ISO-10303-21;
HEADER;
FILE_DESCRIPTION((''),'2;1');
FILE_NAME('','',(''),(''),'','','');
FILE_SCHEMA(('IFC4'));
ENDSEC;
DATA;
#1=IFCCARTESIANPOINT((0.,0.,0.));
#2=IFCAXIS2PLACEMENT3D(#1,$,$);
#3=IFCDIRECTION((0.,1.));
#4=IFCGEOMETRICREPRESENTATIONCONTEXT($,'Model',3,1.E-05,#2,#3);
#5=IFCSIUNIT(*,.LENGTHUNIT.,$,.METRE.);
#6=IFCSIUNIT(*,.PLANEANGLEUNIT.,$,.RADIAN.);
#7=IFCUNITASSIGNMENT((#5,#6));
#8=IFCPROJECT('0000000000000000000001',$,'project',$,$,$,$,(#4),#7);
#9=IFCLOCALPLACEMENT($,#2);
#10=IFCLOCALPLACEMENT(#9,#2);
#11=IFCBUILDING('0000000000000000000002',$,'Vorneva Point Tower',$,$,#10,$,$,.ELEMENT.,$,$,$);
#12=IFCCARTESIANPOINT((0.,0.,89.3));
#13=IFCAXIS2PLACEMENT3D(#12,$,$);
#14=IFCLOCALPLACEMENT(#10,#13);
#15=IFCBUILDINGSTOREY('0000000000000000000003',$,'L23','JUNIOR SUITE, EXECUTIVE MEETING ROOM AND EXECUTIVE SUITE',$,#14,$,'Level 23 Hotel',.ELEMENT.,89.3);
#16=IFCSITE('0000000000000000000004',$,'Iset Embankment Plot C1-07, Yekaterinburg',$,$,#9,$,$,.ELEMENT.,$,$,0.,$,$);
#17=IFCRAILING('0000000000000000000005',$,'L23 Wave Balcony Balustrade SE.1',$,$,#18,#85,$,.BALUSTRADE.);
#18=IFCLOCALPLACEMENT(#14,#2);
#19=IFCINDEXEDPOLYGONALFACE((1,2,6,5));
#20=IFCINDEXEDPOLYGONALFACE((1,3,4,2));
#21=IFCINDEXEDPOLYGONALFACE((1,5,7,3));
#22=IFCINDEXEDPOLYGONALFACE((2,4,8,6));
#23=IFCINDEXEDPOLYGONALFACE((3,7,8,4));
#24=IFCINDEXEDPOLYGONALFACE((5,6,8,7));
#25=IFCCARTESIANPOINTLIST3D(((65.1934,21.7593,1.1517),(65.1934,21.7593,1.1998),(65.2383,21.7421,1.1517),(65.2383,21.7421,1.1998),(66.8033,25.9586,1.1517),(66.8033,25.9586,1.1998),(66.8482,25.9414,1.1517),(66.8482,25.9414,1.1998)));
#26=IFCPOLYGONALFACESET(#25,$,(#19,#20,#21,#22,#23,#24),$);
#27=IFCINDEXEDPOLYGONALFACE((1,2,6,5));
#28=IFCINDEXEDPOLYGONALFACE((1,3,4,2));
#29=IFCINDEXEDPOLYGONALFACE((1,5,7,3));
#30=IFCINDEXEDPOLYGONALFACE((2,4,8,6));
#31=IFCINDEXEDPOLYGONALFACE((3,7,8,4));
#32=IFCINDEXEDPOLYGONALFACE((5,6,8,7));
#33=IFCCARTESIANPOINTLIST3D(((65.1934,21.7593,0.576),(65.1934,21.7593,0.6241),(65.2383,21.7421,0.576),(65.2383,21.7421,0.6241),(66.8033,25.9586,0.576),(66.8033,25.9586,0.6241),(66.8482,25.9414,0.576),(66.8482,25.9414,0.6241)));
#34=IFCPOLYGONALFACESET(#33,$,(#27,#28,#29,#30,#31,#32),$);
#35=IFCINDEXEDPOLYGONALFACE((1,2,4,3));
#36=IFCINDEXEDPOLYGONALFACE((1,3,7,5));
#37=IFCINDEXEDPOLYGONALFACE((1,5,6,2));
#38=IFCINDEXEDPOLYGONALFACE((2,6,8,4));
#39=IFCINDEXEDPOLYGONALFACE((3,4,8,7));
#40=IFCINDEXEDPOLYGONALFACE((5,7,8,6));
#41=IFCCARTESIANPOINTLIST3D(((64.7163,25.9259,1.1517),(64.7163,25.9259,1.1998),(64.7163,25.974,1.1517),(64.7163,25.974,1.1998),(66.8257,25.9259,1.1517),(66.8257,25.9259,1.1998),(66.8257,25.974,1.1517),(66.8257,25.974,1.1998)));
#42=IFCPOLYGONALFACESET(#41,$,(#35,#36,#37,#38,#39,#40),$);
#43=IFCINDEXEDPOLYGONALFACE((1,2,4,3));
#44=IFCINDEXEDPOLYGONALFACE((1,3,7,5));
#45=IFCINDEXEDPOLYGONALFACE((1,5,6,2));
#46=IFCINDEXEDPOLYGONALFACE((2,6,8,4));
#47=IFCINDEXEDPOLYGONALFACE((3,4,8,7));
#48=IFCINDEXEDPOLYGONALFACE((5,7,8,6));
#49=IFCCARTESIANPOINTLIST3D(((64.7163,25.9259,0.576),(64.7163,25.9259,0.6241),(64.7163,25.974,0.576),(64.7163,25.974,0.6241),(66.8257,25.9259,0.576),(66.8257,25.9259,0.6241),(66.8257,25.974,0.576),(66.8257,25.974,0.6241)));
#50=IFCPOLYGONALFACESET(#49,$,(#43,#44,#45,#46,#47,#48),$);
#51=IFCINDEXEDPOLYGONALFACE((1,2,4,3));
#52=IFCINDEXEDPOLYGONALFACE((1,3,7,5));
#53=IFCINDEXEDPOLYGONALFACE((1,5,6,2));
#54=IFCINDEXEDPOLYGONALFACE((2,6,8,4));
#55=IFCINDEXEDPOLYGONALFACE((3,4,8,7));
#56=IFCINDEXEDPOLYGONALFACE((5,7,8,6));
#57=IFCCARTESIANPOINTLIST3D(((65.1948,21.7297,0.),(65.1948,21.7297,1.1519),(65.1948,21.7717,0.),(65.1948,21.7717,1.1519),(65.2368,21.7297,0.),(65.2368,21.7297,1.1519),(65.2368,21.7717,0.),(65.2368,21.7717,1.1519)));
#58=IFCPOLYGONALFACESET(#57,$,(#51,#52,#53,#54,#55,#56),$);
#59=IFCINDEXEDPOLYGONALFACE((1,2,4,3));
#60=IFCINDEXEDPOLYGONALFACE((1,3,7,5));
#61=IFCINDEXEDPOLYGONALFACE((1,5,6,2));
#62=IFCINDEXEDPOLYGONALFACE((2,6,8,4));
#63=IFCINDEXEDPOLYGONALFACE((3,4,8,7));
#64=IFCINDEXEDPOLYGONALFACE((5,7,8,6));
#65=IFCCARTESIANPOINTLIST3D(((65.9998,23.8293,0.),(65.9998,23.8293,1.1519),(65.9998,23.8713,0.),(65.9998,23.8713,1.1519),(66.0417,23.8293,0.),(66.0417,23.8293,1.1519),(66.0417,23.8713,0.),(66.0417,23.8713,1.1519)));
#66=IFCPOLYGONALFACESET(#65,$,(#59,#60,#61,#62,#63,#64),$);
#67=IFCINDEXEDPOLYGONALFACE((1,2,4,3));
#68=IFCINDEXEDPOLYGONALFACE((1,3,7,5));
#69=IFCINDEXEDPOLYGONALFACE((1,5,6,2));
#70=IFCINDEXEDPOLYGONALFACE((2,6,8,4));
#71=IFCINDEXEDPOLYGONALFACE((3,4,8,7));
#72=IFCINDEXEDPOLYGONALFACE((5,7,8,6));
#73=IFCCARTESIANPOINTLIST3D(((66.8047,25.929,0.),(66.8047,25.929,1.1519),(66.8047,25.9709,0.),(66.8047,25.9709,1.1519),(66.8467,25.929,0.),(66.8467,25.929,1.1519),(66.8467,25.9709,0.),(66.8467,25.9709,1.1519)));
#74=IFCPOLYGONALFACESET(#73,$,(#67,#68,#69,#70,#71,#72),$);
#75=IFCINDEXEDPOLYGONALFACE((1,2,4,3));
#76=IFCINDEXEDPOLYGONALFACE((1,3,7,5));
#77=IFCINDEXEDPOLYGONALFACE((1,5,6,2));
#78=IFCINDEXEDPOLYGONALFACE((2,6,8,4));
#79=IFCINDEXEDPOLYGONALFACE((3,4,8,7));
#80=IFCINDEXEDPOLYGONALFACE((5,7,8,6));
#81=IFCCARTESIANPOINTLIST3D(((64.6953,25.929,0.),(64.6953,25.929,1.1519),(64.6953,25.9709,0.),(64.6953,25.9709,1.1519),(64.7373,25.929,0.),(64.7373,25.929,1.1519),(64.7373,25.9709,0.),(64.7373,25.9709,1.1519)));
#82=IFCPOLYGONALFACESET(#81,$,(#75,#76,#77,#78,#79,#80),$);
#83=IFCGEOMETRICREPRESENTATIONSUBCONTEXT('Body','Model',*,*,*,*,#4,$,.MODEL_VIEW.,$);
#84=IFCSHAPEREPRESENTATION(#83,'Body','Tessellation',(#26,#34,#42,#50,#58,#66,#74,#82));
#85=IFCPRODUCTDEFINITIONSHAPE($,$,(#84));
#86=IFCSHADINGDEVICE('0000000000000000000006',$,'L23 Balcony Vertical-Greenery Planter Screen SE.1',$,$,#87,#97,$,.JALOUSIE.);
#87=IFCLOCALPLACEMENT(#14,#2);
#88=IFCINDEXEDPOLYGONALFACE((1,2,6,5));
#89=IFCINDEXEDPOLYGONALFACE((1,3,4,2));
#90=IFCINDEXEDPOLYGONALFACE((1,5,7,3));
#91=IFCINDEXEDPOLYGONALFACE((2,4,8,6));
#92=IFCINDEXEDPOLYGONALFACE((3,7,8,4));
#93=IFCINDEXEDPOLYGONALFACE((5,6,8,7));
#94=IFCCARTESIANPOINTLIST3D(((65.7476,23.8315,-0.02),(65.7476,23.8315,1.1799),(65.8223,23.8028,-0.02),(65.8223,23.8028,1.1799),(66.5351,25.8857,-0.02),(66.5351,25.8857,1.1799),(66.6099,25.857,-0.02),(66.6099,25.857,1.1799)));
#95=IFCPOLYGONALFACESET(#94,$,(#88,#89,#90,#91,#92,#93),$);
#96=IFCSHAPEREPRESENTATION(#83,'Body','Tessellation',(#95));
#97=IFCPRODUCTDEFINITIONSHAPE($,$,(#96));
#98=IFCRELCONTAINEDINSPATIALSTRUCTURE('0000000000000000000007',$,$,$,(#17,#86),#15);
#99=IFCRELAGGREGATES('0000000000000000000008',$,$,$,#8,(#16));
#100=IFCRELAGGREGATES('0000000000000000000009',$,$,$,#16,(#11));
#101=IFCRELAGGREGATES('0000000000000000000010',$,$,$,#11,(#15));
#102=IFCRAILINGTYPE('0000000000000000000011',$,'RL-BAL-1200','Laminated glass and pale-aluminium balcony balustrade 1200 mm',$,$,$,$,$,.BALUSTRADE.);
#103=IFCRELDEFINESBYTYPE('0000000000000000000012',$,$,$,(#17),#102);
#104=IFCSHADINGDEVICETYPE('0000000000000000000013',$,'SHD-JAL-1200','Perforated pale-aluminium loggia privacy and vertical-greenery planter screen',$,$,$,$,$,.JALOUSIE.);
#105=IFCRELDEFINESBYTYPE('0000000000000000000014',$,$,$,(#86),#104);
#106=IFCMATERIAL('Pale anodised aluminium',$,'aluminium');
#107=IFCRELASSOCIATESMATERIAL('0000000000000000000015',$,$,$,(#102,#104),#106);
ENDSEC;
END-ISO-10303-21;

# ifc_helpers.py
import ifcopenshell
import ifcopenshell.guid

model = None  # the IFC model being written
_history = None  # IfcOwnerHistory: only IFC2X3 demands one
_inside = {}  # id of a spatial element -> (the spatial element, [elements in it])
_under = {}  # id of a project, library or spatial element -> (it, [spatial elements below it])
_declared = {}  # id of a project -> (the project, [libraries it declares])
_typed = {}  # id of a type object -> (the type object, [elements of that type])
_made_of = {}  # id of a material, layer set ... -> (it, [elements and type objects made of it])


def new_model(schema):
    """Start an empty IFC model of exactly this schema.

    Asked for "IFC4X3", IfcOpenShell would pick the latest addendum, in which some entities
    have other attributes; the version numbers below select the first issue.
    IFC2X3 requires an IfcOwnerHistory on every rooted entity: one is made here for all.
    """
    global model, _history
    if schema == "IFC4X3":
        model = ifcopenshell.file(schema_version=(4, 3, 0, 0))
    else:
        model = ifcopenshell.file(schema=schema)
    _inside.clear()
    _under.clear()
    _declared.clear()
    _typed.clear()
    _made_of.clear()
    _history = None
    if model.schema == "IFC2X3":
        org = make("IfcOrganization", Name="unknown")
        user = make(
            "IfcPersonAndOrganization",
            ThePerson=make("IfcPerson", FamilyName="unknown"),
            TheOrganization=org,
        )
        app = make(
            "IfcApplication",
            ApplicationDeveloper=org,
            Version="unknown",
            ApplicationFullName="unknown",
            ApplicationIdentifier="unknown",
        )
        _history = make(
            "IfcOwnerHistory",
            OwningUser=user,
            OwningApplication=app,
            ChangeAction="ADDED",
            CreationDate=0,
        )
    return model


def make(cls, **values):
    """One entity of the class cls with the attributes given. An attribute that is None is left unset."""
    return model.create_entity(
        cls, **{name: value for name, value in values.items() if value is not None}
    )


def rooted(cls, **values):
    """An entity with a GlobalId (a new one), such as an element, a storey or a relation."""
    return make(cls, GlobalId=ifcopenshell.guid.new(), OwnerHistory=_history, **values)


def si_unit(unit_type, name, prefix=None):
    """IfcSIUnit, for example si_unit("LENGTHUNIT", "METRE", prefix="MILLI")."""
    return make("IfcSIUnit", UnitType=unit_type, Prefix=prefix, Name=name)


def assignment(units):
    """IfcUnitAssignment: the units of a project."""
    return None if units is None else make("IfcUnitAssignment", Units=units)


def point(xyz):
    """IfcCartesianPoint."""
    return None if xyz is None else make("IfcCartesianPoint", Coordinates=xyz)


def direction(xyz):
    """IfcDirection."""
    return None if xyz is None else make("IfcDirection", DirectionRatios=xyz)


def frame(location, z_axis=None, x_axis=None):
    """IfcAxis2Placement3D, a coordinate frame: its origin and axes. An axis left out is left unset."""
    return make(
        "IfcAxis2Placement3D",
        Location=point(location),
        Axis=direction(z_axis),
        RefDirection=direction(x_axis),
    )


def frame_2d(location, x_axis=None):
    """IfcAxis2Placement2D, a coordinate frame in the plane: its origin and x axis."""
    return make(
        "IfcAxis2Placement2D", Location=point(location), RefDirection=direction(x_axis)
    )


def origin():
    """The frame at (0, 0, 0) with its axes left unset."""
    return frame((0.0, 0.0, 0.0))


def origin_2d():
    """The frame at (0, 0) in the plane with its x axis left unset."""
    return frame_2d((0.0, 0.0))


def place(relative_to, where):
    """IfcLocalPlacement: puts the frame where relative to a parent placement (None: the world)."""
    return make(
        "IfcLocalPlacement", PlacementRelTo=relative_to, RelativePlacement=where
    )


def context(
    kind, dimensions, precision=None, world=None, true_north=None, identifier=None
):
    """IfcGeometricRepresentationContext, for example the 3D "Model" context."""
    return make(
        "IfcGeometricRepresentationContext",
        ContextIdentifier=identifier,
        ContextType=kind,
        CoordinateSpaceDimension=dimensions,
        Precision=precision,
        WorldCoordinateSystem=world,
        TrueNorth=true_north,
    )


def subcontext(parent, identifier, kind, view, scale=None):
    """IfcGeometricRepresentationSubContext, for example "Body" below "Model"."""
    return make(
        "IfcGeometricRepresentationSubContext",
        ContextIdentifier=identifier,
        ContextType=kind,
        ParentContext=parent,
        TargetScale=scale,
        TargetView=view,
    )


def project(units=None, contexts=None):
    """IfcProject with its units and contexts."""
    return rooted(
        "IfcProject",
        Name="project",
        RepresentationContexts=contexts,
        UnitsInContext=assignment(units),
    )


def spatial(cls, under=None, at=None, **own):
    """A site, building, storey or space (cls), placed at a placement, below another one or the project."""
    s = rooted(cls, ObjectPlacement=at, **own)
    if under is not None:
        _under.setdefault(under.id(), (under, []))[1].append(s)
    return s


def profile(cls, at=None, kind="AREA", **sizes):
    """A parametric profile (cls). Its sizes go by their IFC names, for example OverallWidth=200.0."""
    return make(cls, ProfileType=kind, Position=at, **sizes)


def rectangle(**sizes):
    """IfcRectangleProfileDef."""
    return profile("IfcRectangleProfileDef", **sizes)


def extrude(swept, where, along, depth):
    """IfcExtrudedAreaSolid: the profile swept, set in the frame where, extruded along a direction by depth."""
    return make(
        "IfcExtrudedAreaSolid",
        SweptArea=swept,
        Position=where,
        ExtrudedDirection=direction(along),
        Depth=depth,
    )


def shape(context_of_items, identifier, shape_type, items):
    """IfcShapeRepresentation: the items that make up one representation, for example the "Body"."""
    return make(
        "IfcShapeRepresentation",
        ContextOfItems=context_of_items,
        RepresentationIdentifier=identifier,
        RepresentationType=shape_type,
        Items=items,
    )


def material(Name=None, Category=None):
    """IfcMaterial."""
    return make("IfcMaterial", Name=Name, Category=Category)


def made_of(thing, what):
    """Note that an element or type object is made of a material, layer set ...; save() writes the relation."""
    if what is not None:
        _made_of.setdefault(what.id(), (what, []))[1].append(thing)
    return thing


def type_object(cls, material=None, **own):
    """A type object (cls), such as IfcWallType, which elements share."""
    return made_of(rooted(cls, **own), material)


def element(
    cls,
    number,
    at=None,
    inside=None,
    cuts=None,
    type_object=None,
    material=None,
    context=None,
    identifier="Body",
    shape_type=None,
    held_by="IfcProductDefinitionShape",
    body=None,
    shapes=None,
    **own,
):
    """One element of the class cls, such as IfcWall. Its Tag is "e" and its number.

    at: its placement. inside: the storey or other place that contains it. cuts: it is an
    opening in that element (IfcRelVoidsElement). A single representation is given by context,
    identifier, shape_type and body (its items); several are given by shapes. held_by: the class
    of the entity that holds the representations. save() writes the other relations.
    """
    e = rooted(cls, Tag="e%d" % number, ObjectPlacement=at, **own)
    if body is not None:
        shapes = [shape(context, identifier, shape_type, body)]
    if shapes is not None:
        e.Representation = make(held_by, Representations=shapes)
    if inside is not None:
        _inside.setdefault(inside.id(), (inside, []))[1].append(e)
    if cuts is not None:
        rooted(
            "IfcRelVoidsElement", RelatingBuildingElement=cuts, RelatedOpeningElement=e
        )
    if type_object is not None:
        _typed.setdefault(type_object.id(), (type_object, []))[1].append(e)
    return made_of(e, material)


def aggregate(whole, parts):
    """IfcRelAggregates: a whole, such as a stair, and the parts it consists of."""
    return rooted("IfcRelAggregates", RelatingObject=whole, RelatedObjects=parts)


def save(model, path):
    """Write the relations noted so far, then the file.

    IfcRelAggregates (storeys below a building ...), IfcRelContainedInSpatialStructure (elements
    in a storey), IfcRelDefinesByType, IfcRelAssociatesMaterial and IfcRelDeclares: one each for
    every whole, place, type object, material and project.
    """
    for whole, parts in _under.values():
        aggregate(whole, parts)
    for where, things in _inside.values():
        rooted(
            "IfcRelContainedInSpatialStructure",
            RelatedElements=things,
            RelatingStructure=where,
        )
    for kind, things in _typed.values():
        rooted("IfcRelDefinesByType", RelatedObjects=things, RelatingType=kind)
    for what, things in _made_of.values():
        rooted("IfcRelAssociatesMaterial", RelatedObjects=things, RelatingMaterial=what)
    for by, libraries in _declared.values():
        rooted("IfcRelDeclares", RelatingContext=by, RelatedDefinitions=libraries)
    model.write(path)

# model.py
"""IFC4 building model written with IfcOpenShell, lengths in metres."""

from ifc_helpers import new_model, si_unit, direction, frame, origin, origin_2d, place, context, subcontext, project, spatial, rectangle, extrude, material, type_object, element, save


model = new_model("IFC4")

# Units and contexts
model_context = context("Model", 3, precision=1e-05, world=origin(), true_north=direction((0.0, 1.0)))
body_context = subcontext(model_context, "Body", "Model", "MODEL_VIEW")
ifc_project = project(units=[si_unit("LENGTHUNIT", "METRE"), si_unit("PLANEANGLEUNIT", "RADIAN")], contexts=[model_context])

# Site, building, storey
site_placement = place(None, origin())
site = spatial("IfcSite", under=ifc_project, at=site_placement, Name="Iset Embankment Plot C1-07, Yekaterinburg", CompositionType="ELEMENT", RefElevation=0.0)
building_placement = place(site_placement, origin())
building = spatial("IfcBuilding", under=site, at=building_placement, Name="Vorneva Point Tower", CompositionType="ELEMENT")
storey_placement = place(building_placement, frame((0.0, 0.0, 89.3)))
storey = spatial("IfcBuildingStorey", under=building, at=storey_placement, Name="L23", Description="JUNIOR SUITE, EXECUTIVE MEETING ROOM AND EXECUTIVE SUITE", LongName="Level 23 Hotel", CompositionType="ELEMENT", Elevation=89.3)

# Shared definitions
ifc_material_1 = material(Name="Pale anodised aluminium", Category="aluminium")

# Railing
railing_type = type_object("IfcRailingType", Name="RL-BAL-1200", Description="Laminated glass and pale-aluminium balcony balustrade 1200 mm", PredefinedType="BALUSTRADE", material=ifc_material_1)
railing_placement = place(storey_placement, frame((65.2158, 21.7507, 0.0)))
element("IfcRailing", 1, at=railing_placement, inside=storey, type_object=railing_type, Name="L23 Wave Balcony Balustrade SE.1", PredefinedType="BALUSTRADE", context=body_context, shape_type="SweptSolid", body=[
    extrude(rectangle(XDim=0.0481, YDim=0.0481, at=origin_2d()), frame((0.0, 0.0, 1.1758), z_axis=(0.357968, 0.933734, 0.0), x_axis=(-0.933734, 0.357968, 0.0)), (0.0, 0.0, 1.0), 4.4973),
    extrude(rectangle(XDim=0.0481, YDim=0.0481, at=origin_2d()), frame((0.0, 0.0, 0.6001), z_axis=(0.357968, 0.933734, 0.0), x_axis=(-0.933734, 0.357968, 0.0)), (0.0, 0.0, 1.0), 4.4973),
    extrude(rectangle(XDim=0.0481, YDim=0.0481, at=origin_2d()), frame((1.6099, 4.1992, 1.1758), z_axis=(-1.0, 0.0, 0.0), x_axis=(0.0, -1.0, 0.0)), (0.0, 0.0, 1.0), 2.1094),
    extrude(rectangle(XDim=0.0481, YDim=0.0481, at=origin_2d()), frame((1.6099, 4.1992, 0.6001), z_axis=(-1.0, 0.0, 0.0), x_axis=(0.0, -1.0, 0.0)), (0.0, 0.0, 1.0), 2.1094),
    extrude(rectangle(XDim=0.042, YDim=0.042, at=origin_2d()), origin(), (0.0, 0.0, 1.0), 1.1519),
    extrude(rectangle(XDim=0.042, YDim=0.042, at=origin_2d()), frame((0.8049, 2.0996, 0.0)), (0.0, 0.0, 1.0), 1.1519),
    extrude(rectangle(XDim=0.042, YDim=0.042, at=origin_2d()), frame((1.6099, 4.1992, 0.0)), (0.0, 0.0, 1.0), 1.1519),
    extrude(rectangle(XDim=0.042, YDim=0.042, at=origin_2d()), frame((-0.4995, 4.1992, 0.0)), (0.0, 0.0, 1.0), 1.1519),
])

# Shading device
shading_device_type = type_object("IfcShadingDeviceType", Name="SHD-JAL-1200", Description="Perforated pale-aluminium loggia privacy and vertical-greenery planter screen", PredefinedType="JALOUSIE", material=ifc_material_1)
shading_device_placement = place(storey_placement, frame((66.1787, 24.8442, -0.02), z_axis=(0.0, 0.0, 1.0), x_axis=(0.357977, 0.93373, 0.0)))
element("IfcShadingDevice", 2, at=shading_device_placement, inside=storey, type_object=shading_device_type, Name="L23 Balcony Vertical-Greenery Planter Screen SE.1", PredefinedType="JALOUSIE", context=body_context, shape_type="SweptSolid", body=[
    extrude(rectangle(XDim=2.2, YDim=0.0801, at=origin_2d()), origin(), (0.0, 0.0, 1.0), 1.2),
])

save(model, "model.ifc")
